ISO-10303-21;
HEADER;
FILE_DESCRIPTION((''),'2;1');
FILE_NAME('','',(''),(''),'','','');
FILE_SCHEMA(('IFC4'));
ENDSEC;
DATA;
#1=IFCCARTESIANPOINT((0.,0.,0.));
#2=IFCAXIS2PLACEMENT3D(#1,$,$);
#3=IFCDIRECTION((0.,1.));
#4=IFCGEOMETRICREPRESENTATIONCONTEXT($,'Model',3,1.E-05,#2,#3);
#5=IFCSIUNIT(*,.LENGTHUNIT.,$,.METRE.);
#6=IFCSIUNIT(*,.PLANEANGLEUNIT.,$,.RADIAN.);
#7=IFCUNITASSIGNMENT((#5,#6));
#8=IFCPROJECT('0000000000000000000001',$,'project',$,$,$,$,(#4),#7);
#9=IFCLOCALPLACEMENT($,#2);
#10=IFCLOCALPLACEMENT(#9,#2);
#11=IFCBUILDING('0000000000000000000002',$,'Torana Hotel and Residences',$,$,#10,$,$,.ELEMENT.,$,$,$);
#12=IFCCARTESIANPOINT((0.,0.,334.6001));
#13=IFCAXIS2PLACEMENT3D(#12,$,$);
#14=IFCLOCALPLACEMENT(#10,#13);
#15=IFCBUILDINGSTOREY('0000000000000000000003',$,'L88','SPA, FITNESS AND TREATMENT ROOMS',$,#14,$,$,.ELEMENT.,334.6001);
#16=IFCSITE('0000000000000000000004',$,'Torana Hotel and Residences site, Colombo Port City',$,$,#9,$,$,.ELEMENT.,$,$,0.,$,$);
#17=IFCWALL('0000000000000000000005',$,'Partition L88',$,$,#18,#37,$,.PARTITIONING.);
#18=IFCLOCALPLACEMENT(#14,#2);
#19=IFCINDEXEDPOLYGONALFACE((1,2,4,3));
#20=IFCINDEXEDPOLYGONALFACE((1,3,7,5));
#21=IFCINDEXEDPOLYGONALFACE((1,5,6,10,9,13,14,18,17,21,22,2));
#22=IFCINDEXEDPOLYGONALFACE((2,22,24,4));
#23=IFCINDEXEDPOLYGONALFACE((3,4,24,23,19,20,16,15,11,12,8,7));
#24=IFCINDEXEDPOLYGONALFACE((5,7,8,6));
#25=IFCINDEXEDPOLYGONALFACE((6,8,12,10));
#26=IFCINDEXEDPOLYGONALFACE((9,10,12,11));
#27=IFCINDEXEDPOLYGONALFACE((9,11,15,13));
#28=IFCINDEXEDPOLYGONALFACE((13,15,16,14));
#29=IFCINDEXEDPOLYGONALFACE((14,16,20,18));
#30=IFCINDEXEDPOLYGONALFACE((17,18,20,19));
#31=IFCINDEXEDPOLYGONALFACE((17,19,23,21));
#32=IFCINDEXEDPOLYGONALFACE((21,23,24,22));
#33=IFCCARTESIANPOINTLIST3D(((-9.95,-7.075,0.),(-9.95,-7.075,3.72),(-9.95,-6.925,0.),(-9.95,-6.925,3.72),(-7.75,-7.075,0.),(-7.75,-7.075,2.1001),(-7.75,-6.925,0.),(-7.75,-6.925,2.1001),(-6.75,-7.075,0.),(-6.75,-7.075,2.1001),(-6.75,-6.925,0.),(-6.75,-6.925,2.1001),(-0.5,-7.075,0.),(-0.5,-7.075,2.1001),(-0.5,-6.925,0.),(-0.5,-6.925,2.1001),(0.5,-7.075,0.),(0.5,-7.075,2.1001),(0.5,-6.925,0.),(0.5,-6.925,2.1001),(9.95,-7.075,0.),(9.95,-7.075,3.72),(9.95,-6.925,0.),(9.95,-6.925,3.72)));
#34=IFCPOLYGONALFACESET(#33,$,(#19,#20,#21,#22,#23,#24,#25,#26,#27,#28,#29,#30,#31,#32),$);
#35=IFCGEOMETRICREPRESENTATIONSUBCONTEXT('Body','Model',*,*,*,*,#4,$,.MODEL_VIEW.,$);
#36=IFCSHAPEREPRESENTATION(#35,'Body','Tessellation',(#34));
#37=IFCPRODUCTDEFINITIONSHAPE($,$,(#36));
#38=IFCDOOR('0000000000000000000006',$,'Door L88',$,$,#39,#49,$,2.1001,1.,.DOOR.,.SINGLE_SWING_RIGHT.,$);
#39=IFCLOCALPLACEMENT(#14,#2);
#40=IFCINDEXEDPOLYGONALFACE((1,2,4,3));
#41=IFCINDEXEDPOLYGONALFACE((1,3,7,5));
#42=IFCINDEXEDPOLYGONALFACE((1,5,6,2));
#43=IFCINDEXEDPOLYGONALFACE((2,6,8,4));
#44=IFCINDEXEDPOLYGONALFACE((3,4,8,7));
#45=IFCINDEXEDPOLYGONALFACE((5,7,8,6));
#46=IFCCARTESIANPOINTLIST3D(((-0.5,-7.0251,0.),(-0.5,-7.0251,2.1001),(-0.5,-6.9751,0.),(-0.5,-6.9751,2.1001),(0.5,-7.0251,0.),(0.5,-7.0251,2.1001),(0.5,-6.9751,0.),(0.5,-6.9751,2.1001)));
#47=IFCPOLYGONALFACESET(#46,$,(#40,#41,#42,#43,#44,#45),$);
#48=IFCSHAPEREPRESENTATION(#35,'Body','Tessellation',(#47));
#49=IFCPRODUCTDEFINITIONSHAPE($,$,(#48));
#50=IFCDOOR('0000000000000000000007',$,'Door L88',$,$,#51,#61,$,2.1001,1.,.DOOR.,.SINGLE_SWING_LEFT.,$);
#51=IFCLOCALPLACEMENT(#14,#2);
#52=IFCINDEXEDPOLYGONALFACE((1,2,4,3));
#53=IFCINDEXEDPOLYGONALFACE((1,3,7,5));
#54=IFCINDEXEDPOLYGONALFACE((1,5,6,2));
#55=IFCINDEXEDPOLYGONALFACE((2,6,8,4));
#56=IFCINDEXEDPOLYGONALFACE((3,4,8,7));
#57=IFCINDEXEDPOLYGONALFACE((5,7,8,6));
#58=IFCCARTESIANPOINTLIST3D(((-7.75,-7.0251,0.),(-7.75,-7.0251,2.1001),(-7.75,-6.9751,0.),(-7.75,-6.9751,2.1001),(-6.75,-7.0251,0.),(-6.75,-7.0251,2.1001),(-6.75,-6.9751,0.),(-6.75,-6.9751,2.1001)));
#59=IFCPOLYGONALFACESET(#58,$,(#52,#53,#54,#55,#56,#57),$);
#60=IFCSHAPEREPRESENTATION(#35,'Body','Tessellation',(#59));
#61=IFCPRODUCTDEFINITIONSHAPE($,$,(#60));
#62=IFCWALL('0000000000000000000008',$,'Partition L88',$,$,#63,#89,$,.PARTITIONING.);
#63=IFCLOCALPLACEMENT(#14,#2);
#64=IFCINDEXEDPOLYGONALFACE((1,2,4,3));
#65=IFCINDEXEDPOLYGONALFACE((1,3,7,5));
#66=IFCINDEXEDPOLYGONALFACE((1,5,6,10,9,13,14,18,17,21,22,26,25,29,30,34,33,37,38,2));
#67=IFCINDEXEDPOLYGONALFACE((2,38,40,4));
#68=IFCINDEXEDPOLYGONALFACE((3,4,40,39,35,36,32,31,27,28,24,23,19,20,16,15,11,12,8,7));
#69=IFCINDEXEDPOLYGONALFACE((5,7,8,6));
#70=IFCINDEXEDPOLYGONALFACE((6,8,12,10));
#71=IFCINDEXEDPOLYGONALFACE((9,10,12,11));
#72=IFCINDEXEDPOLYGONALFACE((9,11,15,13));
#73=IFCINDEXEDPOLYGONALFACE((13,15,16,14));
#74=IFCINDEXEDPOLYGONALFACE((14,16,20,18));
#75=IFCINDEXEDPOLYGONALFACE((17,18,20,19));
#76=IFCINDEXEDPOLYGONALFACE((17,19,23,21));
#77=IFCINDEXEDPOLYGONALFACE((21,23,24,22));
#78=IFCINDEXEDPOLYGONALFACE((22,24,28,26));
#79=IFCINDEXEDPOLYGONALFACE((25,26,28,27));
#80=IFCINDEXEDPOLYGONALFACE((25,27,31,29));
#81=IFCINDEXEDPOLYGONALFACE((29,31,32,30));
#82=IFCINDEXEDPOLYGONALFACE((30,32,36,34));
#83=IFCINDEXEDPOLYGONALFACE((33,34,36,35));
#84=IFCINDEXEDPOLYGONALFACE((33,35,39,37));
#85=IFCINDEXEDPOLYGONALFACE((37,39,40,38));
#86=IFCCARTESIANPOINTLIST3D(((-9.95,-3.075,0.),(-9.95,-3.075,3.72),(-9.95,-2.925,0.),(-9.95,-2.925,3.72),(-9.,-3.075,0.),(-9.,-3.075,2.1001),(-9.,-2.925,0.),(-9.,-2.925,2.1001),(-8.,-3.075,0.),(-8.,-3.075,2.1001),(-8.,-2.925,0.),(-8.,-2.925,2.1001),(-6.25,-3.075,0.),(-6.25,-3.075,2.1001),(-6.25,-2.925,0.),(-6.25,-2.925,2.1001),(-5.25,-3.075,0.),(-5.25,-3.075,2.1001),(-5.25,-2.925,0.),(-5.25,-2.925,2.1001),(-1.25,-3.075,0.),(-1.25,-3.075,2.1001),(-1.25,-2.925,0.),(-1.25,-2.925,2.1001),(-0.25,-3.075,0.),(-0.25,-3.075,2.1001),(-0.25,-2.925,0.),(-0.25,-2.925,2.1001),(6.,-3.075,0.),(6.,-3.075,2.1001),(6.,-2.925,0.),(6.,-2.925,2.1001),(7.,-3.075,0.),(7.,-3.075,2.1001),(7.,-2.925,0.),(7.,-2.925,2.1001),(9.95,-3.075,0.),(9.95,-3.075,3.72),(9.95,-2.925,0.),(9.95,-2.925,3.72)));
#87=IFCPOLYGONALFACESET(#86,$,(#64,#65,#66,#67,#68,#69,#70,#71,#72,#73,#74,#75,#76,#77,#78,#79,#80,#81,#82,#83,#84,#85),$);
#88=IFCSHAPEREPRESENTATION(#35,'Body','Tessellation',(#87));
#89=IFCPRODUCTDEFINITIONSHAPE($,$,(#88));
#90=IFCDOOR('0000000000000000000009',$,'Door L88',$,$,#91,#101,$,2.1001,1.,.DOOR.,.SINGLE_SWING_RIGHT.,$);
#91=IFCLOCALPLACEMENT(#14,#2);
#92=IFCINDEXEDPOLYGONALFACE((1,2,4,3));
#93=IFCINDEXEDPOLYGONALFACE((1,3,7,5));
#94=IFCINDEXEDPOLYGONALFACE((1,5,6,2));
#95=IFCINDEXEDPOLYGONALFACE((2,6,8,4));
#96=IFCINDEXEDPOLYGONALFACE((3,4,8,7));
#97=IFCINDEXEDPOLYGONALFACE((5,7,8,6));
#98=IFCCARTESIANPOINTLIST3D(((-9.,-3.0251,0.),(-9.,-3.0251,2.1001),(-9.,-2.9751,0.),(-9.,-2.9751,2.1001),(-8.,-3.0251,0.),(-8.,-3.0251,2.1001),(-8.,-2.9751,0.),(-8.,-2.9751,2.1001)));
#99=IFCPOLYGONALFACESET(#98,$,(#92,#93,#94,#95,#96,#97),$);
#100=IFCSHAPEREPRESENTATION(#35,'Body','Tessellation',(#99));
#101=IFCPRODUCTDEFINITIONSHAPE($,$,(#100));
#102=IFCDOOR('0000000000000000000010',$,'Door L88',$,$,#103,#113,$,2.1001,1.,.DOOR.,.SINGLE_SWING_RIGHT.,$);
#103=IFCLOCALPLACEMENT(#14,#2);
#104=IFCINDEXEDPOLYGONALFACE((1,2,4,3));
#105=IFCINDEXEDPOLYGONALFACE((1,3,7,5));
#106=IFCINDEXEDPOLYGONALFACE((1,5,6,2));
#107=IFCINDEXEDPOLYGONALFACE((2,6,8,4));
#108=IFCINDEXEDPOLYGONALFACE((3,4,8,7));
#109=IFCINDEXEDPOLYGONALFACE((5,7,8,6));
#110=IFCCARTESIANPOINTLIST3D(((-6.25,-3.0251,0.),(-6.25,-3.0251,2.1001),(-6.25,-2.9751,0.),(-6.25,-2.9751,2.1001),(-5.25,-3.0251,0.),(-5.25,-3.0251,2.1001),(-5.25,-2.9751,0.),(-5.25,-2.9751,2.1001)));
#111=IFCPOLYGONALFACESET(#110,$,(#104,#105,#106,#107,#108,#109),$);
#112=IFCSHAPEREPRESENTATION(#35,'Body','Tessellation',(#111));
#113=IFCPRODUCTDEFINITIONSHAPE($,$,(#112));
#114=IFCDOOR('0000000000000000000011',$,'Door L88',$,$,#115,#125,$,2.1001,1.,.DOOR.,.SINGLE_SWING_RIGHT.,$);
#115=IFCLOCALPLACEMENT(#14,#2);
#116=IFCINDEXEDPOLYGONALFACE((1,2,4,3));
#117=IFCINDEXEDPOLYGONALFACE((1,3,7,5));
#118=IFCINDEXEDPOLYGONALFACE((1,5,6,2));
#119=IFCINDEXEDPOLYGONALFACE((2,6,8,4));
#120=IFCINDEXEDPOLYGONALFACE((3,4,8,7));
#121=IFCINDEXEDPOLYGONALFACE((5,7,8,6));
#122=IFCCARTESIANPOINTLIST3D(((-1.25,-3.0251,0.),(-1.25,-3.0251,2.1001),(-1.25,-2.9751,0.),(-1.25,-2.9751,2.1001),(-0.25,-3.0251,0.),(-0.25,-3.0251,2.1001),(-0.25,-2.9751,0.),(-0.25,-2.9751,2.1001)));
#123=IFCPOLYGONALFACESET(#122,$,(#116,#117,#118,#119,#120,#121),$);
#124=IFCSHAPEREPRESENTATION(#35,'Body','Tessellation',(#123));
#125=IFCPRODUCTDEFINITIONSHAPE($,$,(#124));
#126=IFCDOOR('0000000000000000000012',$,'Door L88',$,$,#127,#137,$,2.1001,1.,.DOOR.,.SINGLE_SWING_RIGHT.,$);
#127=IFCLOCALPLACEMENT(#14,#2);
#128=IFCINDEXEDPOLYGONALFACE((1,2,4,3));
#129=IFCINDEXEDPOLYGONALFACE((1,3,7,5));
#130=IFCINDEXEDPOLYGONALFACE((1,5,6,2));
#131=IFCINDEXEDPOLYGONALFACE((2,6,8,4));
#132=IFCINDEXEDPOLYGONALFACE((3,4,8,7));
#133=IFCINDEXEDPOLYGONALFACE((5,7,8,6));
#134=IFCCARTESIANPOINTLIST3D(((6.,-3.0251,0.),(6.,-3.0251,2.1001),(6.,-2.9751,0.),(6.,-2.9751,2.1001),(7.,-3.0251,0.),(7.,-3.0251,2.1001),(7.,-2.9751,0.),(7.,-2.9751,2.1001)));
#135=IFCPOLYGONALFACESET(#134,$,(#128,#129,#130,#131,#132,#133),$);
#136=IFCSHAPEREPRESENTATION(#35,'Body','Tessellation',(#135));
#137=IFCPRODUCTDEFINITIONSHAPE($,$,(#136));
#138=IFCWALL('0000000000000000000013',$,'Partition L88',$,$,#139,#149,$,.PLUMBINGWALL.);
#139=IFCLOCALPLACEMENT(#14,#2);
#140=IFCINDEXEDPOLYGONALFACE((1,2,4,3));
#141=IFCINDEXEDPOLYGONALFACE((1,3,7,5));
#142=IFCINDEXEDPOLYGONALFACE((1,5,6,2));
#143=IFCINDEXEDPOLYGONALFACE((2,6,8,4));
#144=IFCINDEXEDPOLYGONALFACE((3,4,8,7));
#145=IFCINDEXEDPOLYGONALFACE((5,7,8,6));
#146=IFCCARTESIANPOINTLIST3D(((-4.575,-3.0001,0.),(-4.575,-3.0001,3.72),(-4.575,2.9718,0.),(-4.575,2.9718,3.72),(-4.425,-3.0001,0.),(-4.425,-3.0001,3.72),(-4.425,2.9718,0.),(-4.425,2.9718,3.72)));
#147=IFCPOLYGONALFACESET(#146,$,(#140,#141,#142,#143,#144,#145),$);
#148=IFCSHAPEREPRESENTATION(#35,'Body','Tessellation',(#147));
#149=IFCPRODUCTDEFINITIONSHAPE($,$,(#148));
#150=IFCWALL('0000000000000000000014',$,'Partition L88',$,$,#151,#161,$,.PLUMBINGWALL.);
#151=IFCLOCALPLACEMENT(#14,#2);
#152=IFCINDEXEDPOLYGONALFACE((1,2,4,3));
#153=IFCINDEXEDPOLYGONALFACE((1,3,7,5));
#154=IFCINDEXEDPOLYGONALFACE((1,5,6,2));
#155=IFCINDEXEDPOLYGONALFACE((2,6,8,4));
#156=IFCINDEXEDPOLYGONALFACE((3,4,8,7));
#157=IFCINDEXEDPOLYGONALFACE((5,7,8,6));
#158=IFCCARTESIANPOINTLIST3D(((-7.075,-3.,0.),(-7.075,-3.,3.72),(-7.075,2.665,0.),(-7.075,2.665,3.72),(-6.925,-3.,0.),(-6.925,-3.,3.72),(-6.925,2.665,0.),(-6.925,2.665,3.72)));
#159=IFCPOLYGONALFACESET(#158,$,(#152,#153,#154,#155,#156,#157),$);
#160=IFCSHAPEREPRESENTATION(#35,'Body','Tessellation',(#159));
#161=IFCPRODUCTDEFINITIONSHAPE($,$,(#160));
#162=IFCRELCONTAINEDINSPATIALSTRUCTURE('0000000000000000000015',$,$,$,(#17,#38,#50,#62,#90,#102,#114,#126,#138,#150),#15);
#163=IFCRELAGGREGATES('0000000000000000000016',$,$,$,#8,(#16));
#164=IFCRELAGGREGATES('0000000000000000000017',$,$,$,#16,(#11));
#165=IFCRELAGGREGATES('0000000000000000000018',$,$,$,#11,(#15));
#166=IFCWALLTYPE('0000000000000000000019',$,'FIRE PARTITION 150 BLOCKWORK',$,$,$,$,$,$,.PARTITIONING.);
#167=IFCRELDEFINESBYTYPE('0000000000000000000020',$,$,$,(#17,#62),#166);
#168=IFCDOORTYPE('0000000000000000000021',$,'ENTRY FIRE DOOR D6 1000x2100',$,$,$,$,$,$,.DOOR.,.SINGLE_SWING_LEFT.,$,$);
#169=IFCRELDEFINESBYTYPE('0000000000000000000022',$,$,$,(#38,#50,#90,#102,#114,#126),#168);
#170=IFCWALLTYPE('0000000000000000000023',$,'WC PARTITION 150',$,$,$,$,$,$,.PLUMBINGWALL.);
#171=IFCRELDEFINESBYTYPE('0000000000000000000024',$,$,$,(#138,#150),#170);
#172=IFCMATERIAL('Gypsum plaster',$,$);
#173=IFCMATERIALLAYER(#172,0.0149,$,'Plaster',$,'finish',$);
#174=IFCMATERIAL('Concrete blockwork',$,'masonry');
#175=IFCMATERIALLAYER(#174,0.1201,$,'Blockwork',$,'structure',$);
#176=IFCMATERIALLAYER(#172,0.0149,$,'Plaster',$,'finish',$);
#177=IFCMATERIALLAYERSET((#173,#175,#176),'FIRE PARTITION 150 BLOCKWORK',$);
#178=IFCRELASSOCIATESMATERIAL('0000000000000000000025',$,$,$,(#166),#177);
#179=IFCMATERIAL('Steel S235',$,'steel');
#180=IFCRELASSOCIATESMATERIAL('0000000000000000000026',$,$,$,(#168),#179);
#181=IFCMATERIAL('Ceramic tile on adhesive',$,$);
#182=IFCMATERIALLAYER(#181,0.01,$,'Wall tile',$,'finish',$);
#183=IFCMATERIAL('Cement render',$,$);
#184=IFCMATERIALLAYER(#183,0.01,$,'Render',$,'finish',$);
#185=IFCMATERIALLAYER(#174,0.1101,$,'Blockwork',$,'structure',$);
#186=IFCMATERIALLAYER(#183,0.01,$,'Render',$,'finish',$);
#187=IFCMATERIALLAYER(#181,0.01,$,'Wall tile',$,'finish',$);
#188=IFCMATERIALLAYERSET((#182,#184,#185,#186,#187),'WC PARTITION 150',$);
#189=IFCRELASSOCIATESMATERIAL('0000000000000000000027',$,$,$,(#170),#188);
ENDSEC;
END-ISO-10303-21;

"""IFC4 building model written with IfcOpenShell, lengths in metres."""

from ifc_helpers import new_model, si_unit, direction, frame, frame_2d, origin, place, context, subcontext, project, spatial, rectangle, extrude, material, layer, layer_set, type_object, element, fill, save


model = new_model("IFC4")

# Units and contexts
model_context = context("Model", 3, precision=1e-05, world=origin(), true_north=direction((0.0, 1.0)))
body_context = subcontext(model_context, "Body", "Model", "MODEL_VIEW")
ifc_project = project(units=[si_unit("LENGTHUNIT", "METRE"), si_unit("PLANEANGLEUNIT", "RADIAN")], contexts=[model_context])

# Site, building, storey
site_placement = place(None, origin())
site = spatial("IfcSite", under=ifc_project, at=site_placement, Name="Torana Hotel and Residences site, Colombo Port City", CompositionType="ELEMENT", RefElevation=0.0)
building_placement = place(site_placement, origin())
building = spatial("IfcBuilding", under=site, at=building_placement, Name="Torana Hotel and Residences", CompositionType="ELEMENT")
storey_placement = place(building_placement, frame((0.0, 0.0, 334.6001)))
storey = spatial("IfcBuildingStorey", under=building, at=storey_placement, Name="L88", Description="SPA, FITNESS AND TREATMENT ROOMS", CompositionType="ELEMENT", Elevation=334.6001)

# Walls, openings, doors
ifc_material_1 = material(Name="Gypsum plaster")
ifc_layer_1 = layer(ifc_material_1, 0.0149, Name="Plaster", Category="finish")
ifc_material_2 = material(Name="Concrete blockwork", Category="masonry")
ifc_layer_2 = layer(ifc_material_2, 0.1201, Name="Blockwork", Category="structure")
ifc_layer_3 = layer(ifc_material_1, 0.0149, Name="Plaster", Category="finish")
ifc_layer_set_1 = layer_set([ifc_layer_1, ifc_layer_2, ifc_layer_3], Name="FIRE PARTITION 150 BLOCKWORK")
wall_type_1 = type_object("IfcWallType", Name="FIRE PARTITION 150 BLOCKWORK", PredefinedType="PARTITIONING", material=ifc_layer_set_1)
wall_1_placement = place(storey_placement, frame((-9.95, -7.0, 0.0), z_axis=(0.0, 0.0, 1.0), x_axis=(1.0, 0.0, 0.0)))
wall_1 = element("IfcWall", 1, at=wall_1_placement, inside=storey, type_object=wall_type_1, Name="Partition L88", PredefinedType="PARTITIONING", context=body_context, shape_type="SweptSolid", body=[
    extrude(rectangle(XDim=19.8999, YDim=0.1499, at=frame_2d((9.95, 0.0))), origin(), (0.0, 0.0, 1.0), 3.72),
])
opening_1_placement = place(wall_1_placement, frame((9.45, 0.0, 0.0)))
opening_1 = element("IfcOpeningElement", 2, at=opening_1_placement, cuts=wall_1, PredefinedType="OPENING", context=body_context, shape_type="SweptSolid", body=[
    extrude(rectangle(XDim=1.0, YDim=2.1001, at=frame_2d((0.5, 1.05))), frame((0.0, 0.085, 0.0), z_axis=(0.0, -1.0, 0.0), x_axis=(1.0, 0.0, 0.0)), (0.0, 0.0, 1.0), 0.1699),
])
opening_2_placement = place(wall_1_placement, frame((2.2, 0.0, 0.0)))
opening_2 = element("IfcOpeningElement", 3, at=opening_2_placement, cuts=wall_1, PredefinedType="OPENING", context=body_context, shape_type="SweptSolid", body=[
    extrude(rectangle(XDim=1.0, YDim=2.1001, at=frame_2d((0.5, 1.05))), frame((0.0, 0.085, 0.0), z_axis=(0.0, -1.0, 0.0), x_axis=(1.0, 0.0, 0.0)), (0.0, 0.0, 1.0), 0.1699),
])
ifc_material_3 = material(Name="Steel S235", Category="steel")
door_type = type_object("IfcDoorType", Name="ENTRY FIRE DOOR D6 1000x2100", OperationType="SINGLE_SWING_LEFT", PredefinedType="DOOR", material=ifc_material_3)
door_1_placement = place(opening_1_placement, origin())
door_1 = element("IfcDoor", 4, at=door_1_placement, inside=storey, type_object=door_type, Name="Door L88", OperationType="SINGLE_SWING_RIGHT", OverallHeight=2.1001, OverallWidth=1.0, PredefinedType="DOOR", context=body_context, shape_type="SweptSolid", body=[
    extrude(rectangle(XDim=1.0, YDim=2.1001, at=frame_2d((0.5, 1.05))), frame((0.0, 0.0249, 0.0), z_axis=(0.0, -1.0, 0.0), x_axis=(1.0, 0.0, 0.0)), (0.0, 0.0, 1.0), 0.05),
])
fill(opening_1, door_1)
door_2_placement = place(opening_2_placement, frame((0.5, 0.0, 0.0), z_axis=(0.0, 0.0, 1.0), x_axis=(-1.0, 0.0, 0.0)))
door_2 = element("IfcDoor", 5, at=door_2_placement, inside=storey, type_object=door_type, Name="Door L88", OperationType="SINGLE_SWING_LEFT", OverallHeight=2.1001, OverallWidth=1.0, PredefinedType="DOOR", context=body_context, shape_type="SweptSolid", body=[
    extrude(rectangle(XDim=1.0, YDim=2.1001, at=frame_2d((0.0, 1.05))), frame((0.0, -0.0249, 0.0), z_axis=(0.0, 1.0, 0.0), x_axis=(-1.0, 0.0, 0.0)), (0.0, 0.0, 1.0), 0.05),
])
fill(opening_2, door_2)
wall_2_placement = place(storey_placement, frame((-9.95, -3.0, 0.0), z_axis=(0.0, 0.0, 1.0), x_axis=(1.0, 0.0, 0.0)))
wall_2 = element("IfcWall", 6, at=wall_2_placement, inside=storey, type_object=wall_type_1, Name="Partition L88", PredefinedType="PARTITIONING", context=body_context, shape_type="SweptSolid", body=[
    extrude(rectangle(XDim=19.8999, YDim=0.1499, at=frame_2d((9.95, 0.0))), origin(), (0.0, 0.0, 1.0), 3.72),
])
opening_3_placement = place(wall_2_placement, frame((0.95, 0.0, 0.0)))
opening_3 = element("IfcOpeningElement", 7, at=opening_3_placement, cuts=wall_2, PredefinedType="OPENING", context=body_context, shape_type="SweptSolid", body=[
    extrude(rectangle(XDim=1.0, YDim=2.1001, at=frame_2d((0.5, 1.05))), frame((0.0, 0.085, 0.0), z_axis=(0.0, -1.0, 0.0), x_axis=(1.0, 0.0, 0.0)), (0.0, 0.0, 1.0), 0.1699),
])
opening_4_placement = place(wall_2_placement, frame((3.7, 0.0, 0.0)))
opening_4 = element("IfcOpeningElement", 8, at=opening_4_placement, cuts=wall_2, PredefinedType="OPENING", context=body_context, shape_type="SweptSolid", body=[
    extrude(rectangle(XDim=1.0, YDim=2.1001, at=frame_2d((0.5, 1.05))), frame((0.0, 0.085, 0.0), z_axis=(0.0, -1.0, 0.0), x_axis=(1.0, 0.0, 0.0)), (0.0, 0.0, 1.0), 0.1699),
])
opening_5_placement = place(wall_2_placement, frame((8.7, 0.0, 0.0)))
opening_5 = element("IfcOpeningElement", 9, at=opening_5_placement, cuts=wall_2, PredefinedType="OPENING", context=body_context, shape_type="SweptSolid", body=[
    extrude(rectangle(XDim=1.0, YDim=2.1001, at=frame_2d((0.5, 1.05))), frame((0.0, 0.085, 0.0), z_axis=(0.0, -1.0, 0.0), x_axis=(1.0, 0.0, 0.0)), (0.0, 0.0, 1.0), 0.1699),
])
opening_6_placement = place(wall_2_placement, frame((15.95, 0.0, 0.0)))
opening_6 = element("IfcOpeningElement", 10, at=opening_6_placement, cuts=wall_2, PredefinedType="OPENING", context=body_context, shape_type="SweptSolid", body=[
    extrude(rectangle(XDim=1.0, YDim=2.1001, at=frame_2d((0.5, 1.05))), frame((0.0, 0.085, 0.0), z_axis=(0.0, -1.0, 0.0), x_axis=(1.0, 0.0, 0.0)), (0.0, 0.0, 1.0), 0.1699),
])
door_3_placement = place(opening_3_placement, origin())
door_3 = element("IfcDoor", 11, at=door_3_placement, inside=storey, type_object=door_type, Name="Door L88", OperationType="SINGLE_SWING_RIGHT", OverallHeight=2.1001, OverallWidth=1.0, PredefinedType="DOOR", context=body_context, shape_type="SweptSolid", body=[
    extrude(rectangle(XDim=1.0, YDim=2.1001, at=frame_2d((0.5, 1.05))), frame((0.0, 0.0249, 0.0), z_axis=(0.0, -1.0, 0.0), x_axis=(1.0, 0.0, 0.0)), (0.0, 0.0, 1.0), 0.05),
])
fill(opening_3, door_3)
door_4_placement = place(opening_4_placement, origin())
door_4 = element("IfcDoor", 12, at=door_4_placement, inside=storey, type_object=door_type, Name="Door L88", OperationType="SINGLE_SWING_RIGHT", OverallHeight=2.1001, OverallWidth=1.0, PredefinedType="DOOR", context=body_context, shape_type="SweptSolid", body=[
    extrude(rectangle(XDim=1.0, YDim=2.1001, at=frame_2d((0.5, 1.05))), frame((0.0, 0.0249, 0.0), z_axis=(0.0, -1.0, 0.0), x_axis=(1.0, 0.0, 0.0)), (0.0, 0.0, 1.0), 0.05),
])
fill(opening_4, door_4)
door_5_placement = place(opening_5_placement, origin())
door_5 = element("IfcDoor", 13, at=door_5_placement, inside=storey, type_object=door_type, Name="Door L88", OperationType="SINGLE_SWING_RIGHT", OverallHeight=2.1001, OverallWidth=1.0, PredefinedType="DOOR", context=body_context, shape_type="SweptSolid", body=[
    extrude(rectangle(XDim=1.0, YDim=2.1001, at=frame_2d((0.5, 1.05))), frame((0.0, 0.0249, 0.0), z_axis=(0.0, -1.0, 0.0), x_axis=(1.0, 0.0, 0.0)), (0.0, 0.0, 1.0), 0.05),
])
fill(opening_5, door_5)
door_6_placement = place(opening_6_placement, origin())
door_6 = element("IfcDoor", 14, at=door_6_placement, inside=storey, type_object=door_type, Name="Door L88", OperationType="SINGLE_SWING_RIGHT", OverallHeight=2.1001, OverallWidth=1.0, PredefinedType="DOOR", context=body_context, shape_type="SweptSolid", body=[
    extrude(rectangle(XDim=1.0, YDim=2.1001, at=frame_2d((0.5, 1.05))), frame((0.0, 0.0249, 0.0), z_axis=(0.0, -1.0, 0.0), x_axis=(1.0, 0.0, 0.0)), (0.0, 0.0, 1.0), 0.05),
])
fill(opening_6, door_6)

# Walls
ifc_material_4 = material(Name="Ceramic tile on adhesive")
ifc_layer_4 = layer(ifc_material_4, 0.01, Name="Wall tile", Category="finish")
ifc_material_5 = material(Name="Cement render")
ifc_layer_5 = layer(ifc_material_5, 0.01, Name="Render", Category="finish")
ifc_layer_6 = layer(ifc_material_2, 0.1101, Name="Blockwork", Category="structure")
ifc_layer_7 = layer(ifc_material_5, 0.01, Name="Render", Category="finish")
ifc_layer_8 = layer(ifc_material_4, 0.01, Name="Wall tile", Category="finish")
ifc_layer_set_2 = layer_set([ifc_layer_4, ifc_layer_5, ifc_layer_6, ifc_layer_7, ifc_layer_8], Name="WC PARTITION 150")
wall_type_2 = type_object("IfcWallType", Name="WC PARTITION 150", PredefinedType="PLUMBINGWALL", material=ifc_layer_set_2)
wall_3_placement = place(storey_placement, frame((-4.5, -3.0, 0.0), z_axis=(0.0, 0.0, 1.0), x_axis=(0.0, 1.0, 0.0)))
element("IfcWall", 15, at=wall_3_placement, inside=storey, type_object=wall_type_2, Name="Partition L88", PredefinedType="PLUMBINGWALL", context=body_context, shape_type="SweptSolid", body=[
    extrude(rectangle(XDim=5.9719, YDim=0.1499, at=frame_2d((2.9858, 0.0))), origin(), (0.0, 0.0, 1.0), 3.72),
])
wall_4_placement = place(storey_placement, frame((-7.0, -3.0, 0.0), z_axis=(0.0, 0.0, 1.0), x_axis=(0.0, 1.0, 0.0)))
element("IfcWall", 16, at=wall_4_placement, inside=storey, type_object=wall_type_2, Name="Partition L88", PredefinedType="PLUMBINGWALL", context=body_context, shape_type="SweptSolid", body=[
    extrude(rectangle(XDim=5.665, YDim=0.1499, at=frame_2d((2.8325, 0.0))), origin(), (0.0, 0.0, 1.0), 3.72),
])

save(model, "model.ifc")
